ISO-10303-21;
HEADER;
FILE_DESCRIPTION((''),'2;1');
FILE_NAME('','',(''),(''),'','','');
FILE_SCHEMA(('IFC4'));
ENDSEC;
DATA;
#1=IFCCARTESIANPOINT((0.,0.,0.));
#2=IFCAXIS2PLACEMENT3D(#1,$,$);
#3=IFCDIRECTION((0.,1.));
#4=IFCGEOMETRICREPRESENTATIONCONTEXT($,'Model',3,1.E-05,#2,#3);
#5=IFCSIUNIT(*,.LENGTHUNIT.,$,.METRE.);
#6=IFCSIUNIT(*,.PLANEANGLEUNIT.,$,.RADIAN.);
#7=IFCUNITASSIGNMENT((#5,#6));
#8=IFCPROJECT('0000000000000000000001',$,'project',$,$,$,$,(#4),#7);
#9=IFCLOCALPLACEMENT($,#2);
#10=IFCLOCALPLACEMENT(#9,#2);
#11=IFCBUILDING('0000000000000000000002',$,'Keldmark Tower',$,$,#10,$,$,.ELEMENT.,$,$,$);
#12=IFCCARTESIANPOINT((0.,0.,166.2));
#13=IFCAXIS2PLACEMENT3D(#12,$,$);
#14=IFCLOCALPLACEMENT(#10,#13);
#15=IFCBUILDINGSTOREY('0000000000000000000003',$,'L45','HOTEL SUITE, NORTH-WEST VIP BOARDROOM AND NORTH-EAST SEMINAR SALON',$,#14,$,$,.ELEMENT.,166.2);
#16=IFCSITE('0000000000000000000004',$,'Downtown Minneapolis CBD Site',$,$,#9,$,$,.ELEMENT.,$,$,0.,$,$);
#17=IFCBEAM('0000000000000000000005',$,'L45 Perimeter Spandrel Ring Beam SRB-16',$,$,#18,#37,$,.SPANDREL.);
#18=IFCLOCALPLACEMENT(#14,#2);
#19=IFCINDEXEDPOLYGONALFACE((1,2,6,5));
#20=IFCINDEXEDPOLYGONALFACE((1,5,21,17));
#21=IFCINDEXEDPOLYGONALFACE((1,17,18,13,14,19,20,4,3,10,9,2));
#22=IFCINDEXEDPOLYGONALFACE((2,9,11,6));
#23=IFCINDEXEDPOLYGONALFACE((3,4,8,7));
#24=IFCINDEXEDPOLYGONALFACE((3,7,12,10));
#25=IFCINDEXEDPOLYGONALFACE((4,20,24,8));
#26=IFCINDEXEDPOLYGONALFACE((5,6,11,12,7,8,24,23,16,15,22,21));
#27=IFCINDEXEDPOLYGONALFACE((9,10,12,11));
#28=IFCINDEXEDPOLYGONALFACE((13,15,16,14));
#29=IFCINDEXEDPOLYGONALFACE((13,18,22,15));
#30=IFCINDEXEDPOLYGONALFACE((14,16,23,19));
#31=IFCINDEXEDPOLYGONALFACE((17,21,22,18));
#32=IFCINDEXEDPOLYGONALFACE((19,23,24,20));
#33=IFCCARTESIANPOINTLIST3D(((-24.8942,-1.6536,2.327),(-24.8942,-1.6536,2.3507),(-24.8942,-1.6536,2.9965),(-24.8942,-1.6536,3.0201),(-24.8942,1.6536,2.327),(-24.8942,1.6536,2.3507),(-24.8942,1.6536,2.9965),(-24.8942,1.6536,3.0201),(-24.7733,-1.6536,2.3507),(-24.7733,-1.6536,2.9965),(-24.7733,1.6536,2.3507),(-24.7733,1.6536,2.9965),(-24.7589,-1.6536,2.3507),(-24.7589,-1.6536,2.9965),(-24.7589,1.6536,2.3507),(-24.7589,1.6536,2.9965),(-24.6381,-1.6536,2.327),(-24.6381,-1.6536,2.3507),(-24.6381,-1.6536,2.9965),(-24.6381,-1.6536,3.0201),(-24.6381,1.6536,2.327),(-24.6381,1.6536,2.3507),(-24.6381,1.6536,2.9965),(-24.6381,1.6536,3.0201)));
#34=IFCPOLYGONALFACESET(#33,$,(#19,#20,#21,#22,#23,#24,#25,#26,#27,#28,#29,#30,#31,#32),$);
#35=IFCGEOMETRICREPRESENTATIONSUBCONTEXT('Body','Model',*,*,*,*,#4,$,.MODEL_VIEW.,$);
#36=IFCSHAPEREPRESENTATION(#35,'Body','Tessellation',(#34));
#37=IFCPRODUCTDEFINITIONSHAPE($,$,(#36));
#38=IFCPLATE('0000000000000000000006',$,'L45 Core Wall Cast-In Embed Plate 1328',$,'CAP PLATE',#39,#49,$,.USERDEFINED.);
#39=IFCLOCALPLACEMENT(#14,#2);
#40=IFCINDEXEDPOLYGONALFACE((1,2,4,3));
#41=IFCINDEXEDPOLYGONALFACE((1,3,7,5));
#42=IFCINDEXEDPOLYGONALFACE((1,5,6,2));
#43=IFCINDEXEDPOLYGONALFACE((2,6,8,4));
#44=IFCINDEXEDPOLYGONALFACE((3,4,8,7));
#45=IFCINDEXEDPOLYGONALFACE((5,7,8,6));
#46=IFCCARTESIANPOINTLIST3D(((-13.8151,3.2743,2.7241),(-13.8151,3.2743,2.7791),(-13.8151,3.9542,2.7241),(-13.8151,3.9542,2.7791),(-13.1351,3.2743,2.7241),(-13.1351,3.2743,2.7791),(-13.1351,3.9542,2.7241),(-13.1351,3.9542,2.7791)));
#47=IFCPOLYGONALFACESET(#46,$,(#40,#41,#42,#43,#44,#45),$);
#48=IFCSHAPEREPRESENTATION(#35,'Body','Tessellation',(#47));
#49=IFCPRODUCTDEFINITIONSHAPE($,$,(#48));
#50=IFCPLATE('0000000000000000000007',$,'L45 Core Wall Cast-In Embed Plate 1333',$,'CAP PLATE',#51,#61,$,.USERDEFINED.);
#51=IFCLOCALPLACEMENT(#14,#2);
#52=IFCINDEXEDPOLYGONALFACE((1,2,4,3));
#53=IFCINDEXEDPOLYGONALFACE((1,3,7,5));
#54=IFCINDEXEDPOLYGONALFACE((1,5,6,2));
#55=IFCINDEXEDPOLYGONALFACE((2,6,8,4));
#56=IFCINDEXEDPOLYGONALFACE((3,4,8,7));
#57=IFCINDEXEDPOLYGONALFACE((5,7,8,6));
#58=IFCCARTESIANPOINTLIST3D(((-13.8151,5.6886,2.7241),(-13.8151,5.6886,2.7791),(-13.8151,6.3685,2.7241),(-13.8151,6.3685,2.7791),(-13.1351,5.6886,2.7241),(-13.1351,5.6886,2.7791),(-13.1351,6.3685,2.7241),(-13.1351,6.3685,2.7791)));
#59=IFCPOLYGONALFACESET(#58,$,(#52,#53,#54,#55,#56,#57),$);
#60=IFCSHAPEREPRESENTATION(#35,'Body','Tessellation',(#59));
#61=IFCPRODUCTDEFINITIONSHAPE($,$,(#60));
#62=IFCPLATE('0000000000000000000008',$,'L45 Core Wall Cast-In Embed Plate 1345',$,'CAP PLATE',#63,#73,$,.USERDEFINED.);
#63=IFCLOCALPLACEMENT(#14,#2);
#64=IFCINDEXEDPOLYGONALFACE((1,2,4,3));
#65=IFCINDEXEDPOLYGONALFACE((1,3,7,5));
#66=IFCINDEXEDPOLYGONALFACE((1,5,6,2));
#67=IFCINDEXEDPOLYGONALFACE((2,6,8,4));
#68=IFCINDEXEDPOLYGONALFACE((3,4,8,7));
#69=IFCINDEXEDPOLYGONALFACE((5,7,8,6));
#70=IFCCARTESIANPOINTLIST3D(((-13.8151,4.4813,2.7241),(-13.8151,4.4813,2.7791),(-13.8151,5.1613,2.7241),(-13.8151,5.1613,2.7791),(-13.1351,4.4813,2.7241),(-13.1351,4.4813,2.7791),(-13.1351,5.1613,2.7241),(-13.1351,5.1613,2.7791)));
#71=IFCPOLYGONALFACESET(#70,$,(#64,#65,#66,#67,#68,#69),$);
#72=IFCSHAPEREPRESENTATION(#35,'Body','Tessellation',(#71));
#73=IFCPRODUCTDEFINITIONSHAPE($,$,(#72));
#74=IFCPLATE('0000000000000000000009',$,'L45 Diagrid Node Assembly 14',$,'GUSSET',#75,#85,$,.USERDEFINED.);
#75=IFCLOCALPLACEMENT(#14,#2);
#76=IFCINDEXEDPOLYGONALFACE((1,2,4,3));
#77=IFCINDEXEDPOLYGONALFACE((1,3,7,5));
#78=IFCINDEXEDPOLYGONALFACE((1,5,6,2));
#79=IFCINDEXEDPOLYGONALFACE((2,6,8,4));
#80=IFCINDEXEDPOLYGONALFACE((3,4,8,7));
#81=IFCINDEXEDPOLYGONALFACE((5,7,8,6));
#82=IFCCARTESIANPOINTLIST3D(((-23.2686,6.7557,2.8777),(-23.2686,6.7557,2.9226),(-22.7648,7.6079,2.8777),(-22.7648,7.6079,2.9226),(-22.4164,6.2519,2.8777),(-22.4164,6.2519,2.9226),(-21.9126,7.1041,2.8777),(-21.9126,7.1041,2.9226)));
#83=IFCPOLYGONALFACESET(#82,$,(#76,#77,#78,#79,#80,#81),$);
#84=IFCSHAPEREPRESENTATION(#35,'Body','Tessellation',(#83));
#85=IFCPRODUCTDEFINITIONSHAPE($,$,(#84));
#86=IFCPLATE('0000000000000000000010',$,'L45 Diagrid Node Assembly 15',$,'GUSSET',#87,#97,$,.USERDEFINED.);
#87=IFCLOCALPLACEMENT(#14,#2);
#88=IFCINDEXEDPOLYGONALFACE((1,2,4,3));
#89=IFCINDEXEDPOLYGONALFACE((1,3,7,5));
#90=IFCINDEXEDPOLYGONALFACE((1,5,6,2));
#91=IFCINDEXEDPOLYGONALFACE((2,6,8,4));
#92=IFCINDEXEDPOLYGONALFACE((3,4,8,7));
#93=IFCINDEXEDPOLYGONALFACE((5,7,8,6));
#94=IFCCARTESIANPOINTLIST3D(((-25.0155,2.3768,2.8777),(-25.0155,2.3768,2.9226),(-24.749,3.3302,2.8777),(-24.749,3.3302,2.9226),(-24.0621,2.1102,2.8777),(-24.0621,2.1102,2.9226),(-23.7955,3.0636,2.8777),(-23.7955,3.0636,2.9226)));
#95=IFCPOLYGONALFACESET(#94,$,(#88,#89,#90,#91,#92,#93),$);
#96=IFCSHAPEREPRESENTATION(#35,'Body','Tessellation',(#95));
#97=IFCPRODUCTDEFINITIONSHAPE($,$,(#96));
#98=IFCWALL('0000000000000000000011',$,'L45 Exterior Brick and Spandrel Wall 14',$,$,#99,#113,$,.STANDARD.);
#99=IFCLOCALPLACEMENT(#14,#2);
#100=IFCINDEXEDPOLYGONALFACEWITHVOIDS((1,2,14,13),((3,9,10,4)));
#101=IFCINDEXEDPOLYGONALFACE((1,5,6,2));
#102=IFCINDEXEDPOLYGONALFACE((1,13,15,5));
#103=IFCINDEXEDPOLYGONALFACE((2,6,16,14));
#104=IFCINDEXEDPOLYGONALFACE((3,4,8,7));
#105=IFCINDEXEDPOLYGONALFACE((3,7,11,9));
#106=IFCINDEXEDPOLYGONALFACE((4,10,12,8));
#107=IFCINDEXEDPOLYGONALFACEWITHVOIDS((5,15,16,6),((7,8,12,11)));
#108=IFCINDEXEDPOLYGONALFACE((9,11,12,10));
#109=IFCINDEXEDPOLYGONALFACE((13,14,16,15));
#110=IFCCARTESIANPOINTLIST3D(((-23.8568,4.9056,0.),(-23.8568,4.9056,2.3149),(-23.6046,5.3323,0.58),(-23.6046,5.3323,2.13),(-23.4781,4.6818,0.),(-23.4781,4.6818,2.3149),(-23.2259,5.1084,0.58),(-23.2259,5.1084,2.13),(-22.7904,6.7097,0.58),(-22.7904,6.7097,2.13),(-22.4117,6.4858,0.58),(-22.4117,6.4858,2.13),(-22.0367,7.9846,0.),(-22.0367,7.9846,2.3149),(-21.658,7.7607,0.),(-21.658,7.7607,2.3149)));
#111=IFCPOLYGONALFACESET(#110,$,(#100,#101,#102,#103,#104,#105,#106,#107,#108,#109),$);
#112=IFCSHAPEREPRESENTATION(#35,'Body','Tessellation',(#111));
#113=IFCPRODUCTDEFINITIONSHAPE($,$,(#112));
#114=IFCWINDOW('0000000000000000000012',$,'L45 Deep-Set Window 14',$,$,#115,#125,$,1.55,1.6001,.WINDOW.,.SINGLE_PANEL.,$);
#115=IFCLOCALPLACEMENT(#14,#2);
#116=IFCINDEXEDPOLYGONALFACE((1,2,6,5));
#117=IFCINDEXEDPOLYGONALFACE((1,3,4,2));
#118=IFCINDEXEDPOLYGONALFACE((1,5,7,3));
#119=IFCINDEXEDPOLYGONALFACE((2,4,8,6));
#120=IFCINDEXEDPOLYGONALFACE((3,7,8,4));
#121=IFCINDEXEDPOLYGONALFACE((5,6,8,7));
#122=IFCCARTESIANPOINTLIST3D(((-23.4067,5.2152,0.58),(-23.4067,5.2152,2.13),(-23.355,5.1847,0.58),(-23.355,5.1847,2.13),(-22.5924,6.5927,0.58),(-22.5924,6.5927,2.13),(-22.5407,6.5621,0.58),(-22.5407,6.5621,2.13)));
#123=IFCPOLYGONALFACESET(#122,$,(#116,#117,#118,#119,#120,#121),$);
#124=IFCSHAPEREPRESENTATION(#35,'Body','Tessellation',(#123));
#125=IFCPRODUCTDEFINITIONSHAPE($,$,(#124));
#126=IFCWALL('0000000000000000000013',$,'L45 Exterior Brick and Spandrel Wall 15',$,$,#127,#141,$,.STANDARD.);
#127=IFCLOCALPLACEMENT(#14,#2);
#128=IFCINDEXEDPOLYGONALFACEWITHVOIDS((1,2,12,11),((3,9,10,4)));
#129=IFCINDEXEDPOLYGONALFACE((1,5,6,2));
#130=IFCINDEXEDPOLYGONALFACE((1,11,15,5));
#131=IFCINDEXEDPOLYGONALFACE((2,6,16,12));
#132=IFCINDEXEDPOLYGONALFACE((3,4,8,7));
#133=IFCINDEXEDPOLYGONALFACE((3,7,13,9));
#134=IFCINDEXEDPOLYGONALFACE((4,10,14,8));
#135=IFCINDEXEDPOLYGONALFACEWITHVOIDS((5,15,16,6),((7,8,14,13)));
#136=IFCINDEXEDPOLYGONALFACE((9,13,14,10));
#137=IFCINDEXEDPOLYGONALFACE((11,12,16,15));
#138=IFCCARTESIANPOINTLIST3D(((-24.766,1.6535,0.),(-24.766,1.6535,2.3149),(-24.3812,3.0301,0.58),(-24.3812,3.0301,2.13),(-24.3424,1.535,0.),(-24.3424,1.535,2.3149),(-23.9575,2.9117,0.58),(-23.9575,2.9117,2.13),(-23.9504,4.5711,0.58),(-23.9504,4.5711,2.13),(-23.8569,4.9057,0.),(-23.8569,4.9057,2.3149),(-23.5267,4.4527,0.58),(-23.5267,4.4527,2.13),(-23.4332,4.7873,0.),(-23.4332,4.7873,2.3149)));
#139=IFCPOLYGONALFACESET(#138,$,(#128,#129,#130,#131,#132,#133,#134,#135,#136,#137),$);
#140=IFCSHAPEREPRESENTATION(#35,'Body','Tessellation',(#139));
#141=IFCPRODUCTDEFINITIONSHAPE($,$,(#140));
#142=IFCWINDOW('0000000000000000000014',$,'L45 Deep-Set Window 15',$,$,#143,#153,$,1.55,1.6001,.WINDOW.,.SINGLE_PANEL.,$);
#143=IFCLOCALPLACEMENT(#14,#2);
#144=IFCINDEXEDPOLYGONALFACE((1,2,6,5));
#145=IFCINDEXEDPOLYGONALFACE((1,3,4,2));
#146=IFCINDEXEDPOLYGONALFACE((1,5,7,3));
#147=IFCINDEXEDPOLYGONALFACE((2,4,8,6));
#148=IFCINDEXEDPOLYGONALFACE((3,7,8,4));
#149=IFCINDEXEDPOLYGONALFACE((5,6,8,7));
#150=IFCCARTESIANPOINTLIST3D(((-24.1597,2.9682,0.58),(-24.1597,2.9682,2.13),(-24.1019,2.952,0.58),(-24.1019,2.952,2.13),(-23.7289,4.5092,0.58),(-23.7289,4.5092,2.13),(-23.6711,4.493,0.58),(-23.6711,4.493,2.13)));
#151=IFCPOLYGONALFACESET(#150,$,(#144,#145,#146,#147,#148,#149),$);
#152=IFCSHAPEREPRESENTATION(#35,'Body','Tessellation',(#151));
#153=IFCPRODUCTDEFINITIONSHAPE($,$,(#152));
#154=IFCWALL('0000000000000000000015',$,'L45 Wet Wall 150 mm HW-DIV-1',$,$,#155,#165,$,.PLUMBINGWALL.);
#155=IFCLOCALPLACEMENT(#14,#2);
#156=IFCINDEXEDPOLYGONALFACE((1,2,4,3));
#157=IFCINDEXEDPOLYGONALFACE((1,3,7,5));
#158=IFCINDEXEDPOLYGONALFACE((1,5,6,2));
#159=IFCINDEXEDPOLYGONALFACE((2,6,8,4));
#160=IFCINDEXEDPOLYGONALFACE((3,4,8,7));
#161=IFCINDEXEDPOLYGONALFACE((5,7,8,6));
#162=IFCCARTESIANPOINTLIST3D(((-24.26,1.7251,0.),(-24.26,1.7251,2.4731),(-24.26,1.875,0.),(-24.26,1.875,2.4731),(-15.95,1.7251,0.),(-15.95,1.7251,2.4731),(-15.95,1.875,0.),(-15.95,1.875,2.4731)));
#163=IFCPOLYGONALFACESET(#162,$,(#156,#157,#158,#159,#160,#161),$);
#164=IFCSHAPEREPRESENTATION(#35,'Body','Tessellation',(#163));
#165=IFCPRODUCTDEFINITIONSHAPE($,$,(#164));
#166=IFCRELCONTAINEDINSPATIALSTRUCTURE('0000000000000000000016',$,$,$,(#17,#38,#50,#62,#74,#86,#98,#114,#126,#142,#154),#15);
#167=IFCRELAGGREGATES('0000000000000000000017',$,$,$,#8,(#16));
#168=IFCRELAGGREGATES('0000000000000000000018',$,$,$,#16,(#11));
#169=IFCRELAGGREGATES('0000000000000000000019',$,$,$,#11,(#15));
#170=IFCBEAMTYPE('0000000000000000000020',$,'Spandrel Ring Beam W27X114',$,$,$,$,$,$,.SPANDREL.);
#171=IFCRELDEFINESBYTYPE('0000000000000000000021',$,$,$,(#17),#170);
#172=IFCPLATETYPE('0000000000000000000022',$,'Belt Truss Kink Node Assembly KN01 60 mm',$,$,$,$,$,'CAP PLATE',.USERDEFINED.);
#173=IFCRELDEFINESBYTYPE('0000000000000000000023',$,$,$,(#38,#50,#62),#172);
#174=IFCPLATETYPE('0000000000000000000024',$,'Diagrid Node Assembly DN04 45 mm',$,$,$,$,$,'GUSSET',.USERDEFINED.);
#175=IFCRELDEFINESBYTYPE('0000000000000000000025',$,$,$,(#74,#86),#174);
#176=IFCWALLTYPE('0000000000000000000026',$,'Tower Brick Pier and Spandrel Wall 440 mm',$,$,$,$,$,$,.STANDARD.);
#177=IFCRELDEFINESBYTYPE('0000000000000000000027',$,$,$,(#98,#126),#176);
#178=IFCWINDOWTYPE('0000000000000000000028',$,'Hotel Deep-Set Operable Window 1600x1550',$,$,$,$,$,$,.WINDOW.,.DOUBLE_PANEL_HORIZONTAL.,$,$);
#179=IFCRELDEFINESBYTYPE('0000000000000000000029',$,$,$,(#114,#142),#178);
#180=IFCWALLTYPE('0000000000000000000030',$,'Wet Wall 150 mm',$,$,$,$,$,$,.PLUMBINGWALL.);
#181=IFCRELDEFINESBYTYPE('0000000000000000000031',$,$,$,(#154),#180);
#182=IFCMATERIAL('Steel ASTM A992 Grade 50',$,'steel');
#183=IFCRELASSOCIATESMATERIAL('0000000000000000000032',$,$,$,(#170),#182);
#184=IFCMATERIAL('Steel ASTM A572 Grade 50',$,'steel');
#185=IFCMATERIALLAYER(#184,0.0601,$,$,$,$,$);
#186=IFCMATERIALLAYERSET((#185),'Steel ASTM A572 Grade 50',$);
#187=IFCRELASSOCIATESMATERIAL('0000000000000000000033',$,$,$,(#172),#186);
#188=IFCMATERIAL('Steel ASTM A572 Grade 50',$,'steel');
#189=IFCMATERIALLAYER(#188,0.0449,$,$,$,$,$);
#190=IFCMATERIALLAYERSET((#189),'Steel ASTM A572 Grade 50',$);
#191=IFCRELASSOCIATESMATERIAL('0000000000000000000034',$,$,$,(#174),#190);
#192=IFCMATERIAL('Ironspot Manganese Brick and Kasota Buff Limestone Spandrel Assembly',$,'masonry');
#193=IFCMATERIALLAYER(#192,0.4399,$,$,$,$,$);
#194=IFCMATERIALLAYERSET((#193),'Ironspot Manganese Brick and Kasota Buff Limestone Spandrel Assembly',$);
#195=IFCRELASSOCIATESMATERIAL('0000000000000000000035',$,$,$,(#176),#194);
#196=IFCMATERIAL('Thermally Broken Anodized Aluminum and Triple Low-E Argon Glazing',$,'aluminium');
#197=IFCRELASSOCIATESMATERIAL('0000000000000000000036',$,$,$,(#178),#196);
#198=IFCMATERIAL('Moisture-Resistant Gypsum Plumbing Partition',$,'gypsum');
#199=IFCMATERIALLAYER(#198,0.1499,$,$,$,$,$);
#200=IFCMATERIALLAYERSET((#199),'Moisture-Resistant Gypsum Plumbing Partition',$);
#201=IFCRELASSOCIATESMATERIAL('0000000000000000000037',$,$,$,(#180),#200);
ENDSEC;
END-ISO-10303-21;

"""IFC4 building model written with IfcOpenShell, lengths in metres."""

from ifc_helpers import new_model, si_unit, direction, frame, frame_2d, origin, origin_2d, place, context, subcontext, project, spatial, rectangle, i_section, extrude, material, layer, layer_set, material_profile, profile_set, type_object, element, fill, save


model = new_model("IFC4")

# Units and contexts
model_context = context("Model", 3, precision=1e-05, world=origin(), true_north=direction((0.0, 1.0)))
body_context = subcontext(model_context, "Body", "Model", "MODEL_VIEW")
ifc_project = project(units=[si_unit("LENGTHUNIT", "METRE"), si_unit("PLANEANGLEUNIT", "RADIAN")], contexts=[model_context])

# Site, building, storey
site_placement = place(None, origin())
site = spatial("IfcSite", under=ifc_project, at=site_placement, Name="Downtown Minneapolis CBD Site", CompositionType="ELEMENT", RefElevation=0.0)
building_placement = place(site_placement, origin())
building = spatial("IfcBuilding", under=site, at=building_placement, Name="Keldmark Tower", CompositionType="ELEMENT")
storey_placement = place(building_placement, frame((0.0, 0.0, 166.2)))
storey = spatial("IfcBuildingStorey", under=building, at=storey_placement, Name="L45", Description="HOTEL SUITE, NORTH-WEST VIP BOARDROOM AND NORTH-EAST SEMINAR SALON", CompositionType="ELEMENT", Elevation=166.2)

# Beam
ifc_material_1 = material(Name="Steel ASTM A992 Grade 50", Category="steel")
ifc_material_profile_1 = material_profile(ifc_material_1, i_section(OverallWidth=0.2561, OverallDepth=0.6931, WebThickness=0.0144, FlangeThickness=0.0237, at=origin_2d()), Name="W27X114")
ifc_profile_set_1 = profile_set([ifc_material_profile_1], Name="Steel ASTM A992 Grade 50")
beam_type_1 = type_object("IfcBeamType", Name="Spandrel Ring Beam W27X114", PredefinedType="SPANDREL", material=ifc_profile_set_1)
beam_1_placement = place(storey_placement, frame((-24.7661, 1.6536, 2.6736), z_axis=(0.0, -1.0, 0.0), x_axis=(1.0, 0.0, 0.0)))
element("IfcBeam", 1, at=beam_1_placement, inside=storey, type_object=beam_type_1, Name="L45 Perimeter Spandrel Ring Beam SRB-16", PredefinedType="SPANDREL", context=body_context, shape_type="SweptSolid", body=[
    extrude(i_section(OverallWidth=0.2561, OverallDepth=0.6931, WebThickness=0.0144, FlangeThickness=0.0237, at=origin_2d()), origin(), (0.0, 0.0, 1.0), 3.3071),
])

# Plates
ifc_material_2 = material(Name="Steel ASTM A572 Grade 50", Category="steel")
ifc_layer_1 = layer(ifc_material_2, 0.0601)
ifc_layer_set_1 = layer_set([ifc_layer_1], Name="Steel ASTM A572 Grade 50")
plate_type_1 = type_object("IfcPlateType", Name="Belt Truss Kink Node Assembly KN01 60 mm", ElementType="CAP PLATE", PredefinedType="USERDEFINED", material=ifc_layer_set_1)
for number, where, z_axis, x_axis, name in (
    (2, (-13.4751, 3.6143, 2.7241), (0.0, 0.0, 1.0), (1.0, 0.0, 0.0), "L45 Core Wall Cast-In Embed Plate 1328"),
    (3, (-13.4751, 6.0286, 2.7241), (0.0, 0.0, 1.0), (1.0, 0.0, 0.0), "L45 Core Wall Cast-In Embed Plate 1333"),
    (4, (-13.4751, 4.8213, 2.7241), (0.0, 0.0, 1.0), (1.0, 0.0, 0.0), "L45 Core Wall Cast-In Embed Plate 1345"),
):
    element("IfcPlate", number, at=place(storey_placement, frame(where, z_axis=z_axis, x_axis=x_axis)), inside=storey, type_object=plate_type_1, Name=name, ObjectType="CAP PLATE", PredefinedType="USERDEFINED", context=body_context, shape_type="SweptSolid", body=[
        extrude(rectangle(XDim=0.6799, YDim=0.6799, at=origin_2d()), origin(), (0.0, 0.0, 1.0), 0.0549),
    ])
ifc_material_3 = material(Name="Steel ASTM A572 Grade 50", Category="steel")
ifc_layer_2 = layer(ifc_material_3, 0.0449)
ifc_layer_set_2 = layer_set([ifc_layer_2], Name="Steel ASTM A572 Grade 50")
plate_type_2 = type_object("IfcPlateType", Name="Diagrid Node Assembly DN04 45 mm", ElementType="GUSSET", PredefinedType="USERDEFINED", material=ifc_layer_set_2)
for number, where, z_axis, x_axis, name in (
    (5, (-22.5906, 6.9299, 2.8777), (0.0, 0.0, 1.0), (-0.508891, -0.860831, 0.0), "L45 Diagrid Node Assembly 14"),
    (6, (-24.4055, 2.7202, 2.8777), (0.0, 0.0, 1.0), (-0.269256, -0.963069, 0.0), "L45 Diagrid Node Assembly 15"),
):
    element("IfcPlate", number, at=place(storey_placement, frame(where, z_axis=z_axis, x_axis=x_axis)), inside=storey, type_object=plate_type_2, Name=name, ObjectType="GUSSET", PredefinedType="USERDEFINED", context=body_context, shape_type="SweptSolid", body=[
        extrude(rectangle(XDim=0.99, YDim=0.99, at=origin_2d()), origin(), (0.0, 0.0, 1.0), 0.0449),
    ])

# Walls, openings, windows
ifc_material_4 = material(Name="Ironspot Manganese Brick and Kasota Buff Limestone Spandrel Assembly", Category="masonry")
ifc_layer_3 = layer(ifc_material_4, 0.4399)
ifc_layer_set_3 = layer_set([ifc_layer_3], Name="Ironspot Manganese Brick and Kasota Buff Limestone Spandrel Assembly")
wall_type_1 = type_object("IfcWallType", Name="Tower Brick Pier and Spandrel Wall 440 mm", PredefinedType="STANDARD", material=ifc_layer_set_3)
wall_1_placement = place(storey_placement, frame((-23.6675, 4.7937, 0.0), z_axis=(0.0, 0.0, 1.0), x_axis=(0.508883, 0.860835, 0.0)))
wall_1 = element("IfcWall", 7, at=wall_1_placement, inside=storey, type_object=wall_type_1, Name="L45 Exterior Brick and Spandrel Wall 14", PredefinedType="STANDARD", context=body_context, shape_type="SweptSolid", body=[
    extrude(rectangle(XDim=3.5767, YDim=0.4399, at=frame_2d((1.7883, 0.0))), origin(), (0.0, 0.0, 1.0), 2.3149),
])
opening_1_placement = place(wall_1_placement, frame((0.4956, 0.0, 0.5801)))
opening_1 = element("IfcOpeningElement", 8, at=opening_1_placement, cuts=wall_1, PredefinedType="OPENING", context=body_context, shape_type="SweptSolid", body=[
    extrude(rectangle(XDim=1.6001, YDim=1.55, at=frame_2d((0.8, 0.7749))), frame((0.0, 0.23, 0.0), z_axis=(0.0, -1.0, 0.0), x_axis=(1.0, 0.0, 0.0)), (0.0, 0.0, 1.0), 0.46),
])
ifc_material_5 = material(Name="Thermally Broken Anodized Aluminum and Triple Low-E Argon Glazing", Category="aluminium")
window_type = type_object("IfcWindowType", Name="Hotel Deep-Set Operable Window 1600x1550", PartitioningType="DOUBLE_PANEL_HORIZONTAL", PredefinedType="WINDOW", material=ifc_material_5)
window_1_placement = place(opening_1_placement, origin())
window_1 = element("IfcWindow", 9, at=window_1_placement, inside=storey, type_object=window_type, Name="L45 Deep-Set Window 14", OverallHeight=1.55, OverallWidth=1.6001, PartitioningType="SINGLE_PANEL", PredefinedType="WINDOW", context=body_context, shape_type="SweptSolid", body=[
    extrude(rectangle(XDim=1.6001, YDim=1.55, at=frame_2d((0.8, 0.7749))), frame((0.0, -0.01, 0.0), z_axis=(0.0, -1.0, 0.0), x_axis=(1.0, 0.0, 0.0)), (0.0, 0.0, 1.0), 0.0601),
])
fill(opening_1, window_1)
wall_2_placement = place(storey_placement, frame((-24.5542, 1.5942, 0.0), z_axis=(0.0, 0.0, 1.0), x_axis=(0.269236, 0.963074, 0.0)))
wall_2 = element("IfcWall", 10, at=wall_2_placement, inside=storey, type_object=wall_type_1, Name="L45 Exterior Brick and Spandrel Wall 15", PredefinedType="STANDARD", context=body_context, shape_type="SweptSolid", body=[
    extrude(rectangle(XDim=3.377, YDim=0.4399, at=frame_2d((1.6885, 0.0))), origin(), (0.0, 0.0, 1.0), 2.3149),
])
opening_2_placement = place(wall_2_placement, frame((1.4294, 0.0, 0.5801)))
opening_2 = element("IfcOpeningElement", 11, at=opening_2_placement, cuts=wall_2, PredefinedType="OPENING", context=body_context, shape_type="SweptSolid", body=[
    extrude(rectangle(XDim=1.6001, YDim=1.55, at=frame_2d((0.8, 0.7749))), frame((0.0, 0.23, 0.0), z_axis=(0.0, -1.0, 0.0), x_axis=(1.0, 0.0, 0.0)), (0.0, 0.0, 1.0), 0.46),
])
window_2_placement = place(opening_2_placement, origin())
window_2 = element("IfcWindow", 12, at=window_2_placement, inside=storey, type_object=window_type, Name="L45 Deep-Set Window 15", OverallHeight=1.55, OverallWidth=1.6001, PartitioningType="SINGLE_PANEL", PredefinedType="WINDOW", context=body_context, shape_type="SweptSolid", body=[
    extrude(rectangle(XDim=1.6001, YDim=1.55, at=frame_2d((0.8, 0.7749))), frame((0.0, -0.01, 0.0), z_axis=(0.0, -1.0, 0.0), x_axis=(1.0, 0.0, 0.0)), (0.0, 0.0, 1.0), 0.0601),
])
fill(opening_2, window_2)

# Wall
ifc_material_6 = material(Name="Moisture-Resistant Gypsum Plumbing Partition", Category="gypsum")
ifc_layer_4 = layer(ifc_material_6, 0.1499)
ifc_layer_set_4 = layer_set([ifc_layer_4], Name="Moisture-Resistant Gypsum Plumbing Partition")
wall_type_2 = type_object("IfcWallType", Name="Wet Wall 150 mm", PredefinedType="PLUMBINGWALL", material=ifc_layer_set_4)
wall_3_placement = place(storey_placement, frame((-24.26, 1.8, 0.0), z_axis=(0.0, 0.0, 1.0), x_axis=(1.0, 0.0, 0.0)))
element("IfcWall", 13, at=wall_3_placement, inside=storey, type_object=wall_type_2, Name="L45 Wet Wall 150 mm HW-DIV-1", PredefinedType="PLUMBINGWALL", context=body_context, shape_type="SweptSolid", body=[
    extrude(rectangle(XDim=8.3101, YDim=0.1499, at=frame_2d((4.155, 0.0))), origin(), (0.0, 0.0, 1.0), 2.4731),
])

save(model, "model.ifc")
